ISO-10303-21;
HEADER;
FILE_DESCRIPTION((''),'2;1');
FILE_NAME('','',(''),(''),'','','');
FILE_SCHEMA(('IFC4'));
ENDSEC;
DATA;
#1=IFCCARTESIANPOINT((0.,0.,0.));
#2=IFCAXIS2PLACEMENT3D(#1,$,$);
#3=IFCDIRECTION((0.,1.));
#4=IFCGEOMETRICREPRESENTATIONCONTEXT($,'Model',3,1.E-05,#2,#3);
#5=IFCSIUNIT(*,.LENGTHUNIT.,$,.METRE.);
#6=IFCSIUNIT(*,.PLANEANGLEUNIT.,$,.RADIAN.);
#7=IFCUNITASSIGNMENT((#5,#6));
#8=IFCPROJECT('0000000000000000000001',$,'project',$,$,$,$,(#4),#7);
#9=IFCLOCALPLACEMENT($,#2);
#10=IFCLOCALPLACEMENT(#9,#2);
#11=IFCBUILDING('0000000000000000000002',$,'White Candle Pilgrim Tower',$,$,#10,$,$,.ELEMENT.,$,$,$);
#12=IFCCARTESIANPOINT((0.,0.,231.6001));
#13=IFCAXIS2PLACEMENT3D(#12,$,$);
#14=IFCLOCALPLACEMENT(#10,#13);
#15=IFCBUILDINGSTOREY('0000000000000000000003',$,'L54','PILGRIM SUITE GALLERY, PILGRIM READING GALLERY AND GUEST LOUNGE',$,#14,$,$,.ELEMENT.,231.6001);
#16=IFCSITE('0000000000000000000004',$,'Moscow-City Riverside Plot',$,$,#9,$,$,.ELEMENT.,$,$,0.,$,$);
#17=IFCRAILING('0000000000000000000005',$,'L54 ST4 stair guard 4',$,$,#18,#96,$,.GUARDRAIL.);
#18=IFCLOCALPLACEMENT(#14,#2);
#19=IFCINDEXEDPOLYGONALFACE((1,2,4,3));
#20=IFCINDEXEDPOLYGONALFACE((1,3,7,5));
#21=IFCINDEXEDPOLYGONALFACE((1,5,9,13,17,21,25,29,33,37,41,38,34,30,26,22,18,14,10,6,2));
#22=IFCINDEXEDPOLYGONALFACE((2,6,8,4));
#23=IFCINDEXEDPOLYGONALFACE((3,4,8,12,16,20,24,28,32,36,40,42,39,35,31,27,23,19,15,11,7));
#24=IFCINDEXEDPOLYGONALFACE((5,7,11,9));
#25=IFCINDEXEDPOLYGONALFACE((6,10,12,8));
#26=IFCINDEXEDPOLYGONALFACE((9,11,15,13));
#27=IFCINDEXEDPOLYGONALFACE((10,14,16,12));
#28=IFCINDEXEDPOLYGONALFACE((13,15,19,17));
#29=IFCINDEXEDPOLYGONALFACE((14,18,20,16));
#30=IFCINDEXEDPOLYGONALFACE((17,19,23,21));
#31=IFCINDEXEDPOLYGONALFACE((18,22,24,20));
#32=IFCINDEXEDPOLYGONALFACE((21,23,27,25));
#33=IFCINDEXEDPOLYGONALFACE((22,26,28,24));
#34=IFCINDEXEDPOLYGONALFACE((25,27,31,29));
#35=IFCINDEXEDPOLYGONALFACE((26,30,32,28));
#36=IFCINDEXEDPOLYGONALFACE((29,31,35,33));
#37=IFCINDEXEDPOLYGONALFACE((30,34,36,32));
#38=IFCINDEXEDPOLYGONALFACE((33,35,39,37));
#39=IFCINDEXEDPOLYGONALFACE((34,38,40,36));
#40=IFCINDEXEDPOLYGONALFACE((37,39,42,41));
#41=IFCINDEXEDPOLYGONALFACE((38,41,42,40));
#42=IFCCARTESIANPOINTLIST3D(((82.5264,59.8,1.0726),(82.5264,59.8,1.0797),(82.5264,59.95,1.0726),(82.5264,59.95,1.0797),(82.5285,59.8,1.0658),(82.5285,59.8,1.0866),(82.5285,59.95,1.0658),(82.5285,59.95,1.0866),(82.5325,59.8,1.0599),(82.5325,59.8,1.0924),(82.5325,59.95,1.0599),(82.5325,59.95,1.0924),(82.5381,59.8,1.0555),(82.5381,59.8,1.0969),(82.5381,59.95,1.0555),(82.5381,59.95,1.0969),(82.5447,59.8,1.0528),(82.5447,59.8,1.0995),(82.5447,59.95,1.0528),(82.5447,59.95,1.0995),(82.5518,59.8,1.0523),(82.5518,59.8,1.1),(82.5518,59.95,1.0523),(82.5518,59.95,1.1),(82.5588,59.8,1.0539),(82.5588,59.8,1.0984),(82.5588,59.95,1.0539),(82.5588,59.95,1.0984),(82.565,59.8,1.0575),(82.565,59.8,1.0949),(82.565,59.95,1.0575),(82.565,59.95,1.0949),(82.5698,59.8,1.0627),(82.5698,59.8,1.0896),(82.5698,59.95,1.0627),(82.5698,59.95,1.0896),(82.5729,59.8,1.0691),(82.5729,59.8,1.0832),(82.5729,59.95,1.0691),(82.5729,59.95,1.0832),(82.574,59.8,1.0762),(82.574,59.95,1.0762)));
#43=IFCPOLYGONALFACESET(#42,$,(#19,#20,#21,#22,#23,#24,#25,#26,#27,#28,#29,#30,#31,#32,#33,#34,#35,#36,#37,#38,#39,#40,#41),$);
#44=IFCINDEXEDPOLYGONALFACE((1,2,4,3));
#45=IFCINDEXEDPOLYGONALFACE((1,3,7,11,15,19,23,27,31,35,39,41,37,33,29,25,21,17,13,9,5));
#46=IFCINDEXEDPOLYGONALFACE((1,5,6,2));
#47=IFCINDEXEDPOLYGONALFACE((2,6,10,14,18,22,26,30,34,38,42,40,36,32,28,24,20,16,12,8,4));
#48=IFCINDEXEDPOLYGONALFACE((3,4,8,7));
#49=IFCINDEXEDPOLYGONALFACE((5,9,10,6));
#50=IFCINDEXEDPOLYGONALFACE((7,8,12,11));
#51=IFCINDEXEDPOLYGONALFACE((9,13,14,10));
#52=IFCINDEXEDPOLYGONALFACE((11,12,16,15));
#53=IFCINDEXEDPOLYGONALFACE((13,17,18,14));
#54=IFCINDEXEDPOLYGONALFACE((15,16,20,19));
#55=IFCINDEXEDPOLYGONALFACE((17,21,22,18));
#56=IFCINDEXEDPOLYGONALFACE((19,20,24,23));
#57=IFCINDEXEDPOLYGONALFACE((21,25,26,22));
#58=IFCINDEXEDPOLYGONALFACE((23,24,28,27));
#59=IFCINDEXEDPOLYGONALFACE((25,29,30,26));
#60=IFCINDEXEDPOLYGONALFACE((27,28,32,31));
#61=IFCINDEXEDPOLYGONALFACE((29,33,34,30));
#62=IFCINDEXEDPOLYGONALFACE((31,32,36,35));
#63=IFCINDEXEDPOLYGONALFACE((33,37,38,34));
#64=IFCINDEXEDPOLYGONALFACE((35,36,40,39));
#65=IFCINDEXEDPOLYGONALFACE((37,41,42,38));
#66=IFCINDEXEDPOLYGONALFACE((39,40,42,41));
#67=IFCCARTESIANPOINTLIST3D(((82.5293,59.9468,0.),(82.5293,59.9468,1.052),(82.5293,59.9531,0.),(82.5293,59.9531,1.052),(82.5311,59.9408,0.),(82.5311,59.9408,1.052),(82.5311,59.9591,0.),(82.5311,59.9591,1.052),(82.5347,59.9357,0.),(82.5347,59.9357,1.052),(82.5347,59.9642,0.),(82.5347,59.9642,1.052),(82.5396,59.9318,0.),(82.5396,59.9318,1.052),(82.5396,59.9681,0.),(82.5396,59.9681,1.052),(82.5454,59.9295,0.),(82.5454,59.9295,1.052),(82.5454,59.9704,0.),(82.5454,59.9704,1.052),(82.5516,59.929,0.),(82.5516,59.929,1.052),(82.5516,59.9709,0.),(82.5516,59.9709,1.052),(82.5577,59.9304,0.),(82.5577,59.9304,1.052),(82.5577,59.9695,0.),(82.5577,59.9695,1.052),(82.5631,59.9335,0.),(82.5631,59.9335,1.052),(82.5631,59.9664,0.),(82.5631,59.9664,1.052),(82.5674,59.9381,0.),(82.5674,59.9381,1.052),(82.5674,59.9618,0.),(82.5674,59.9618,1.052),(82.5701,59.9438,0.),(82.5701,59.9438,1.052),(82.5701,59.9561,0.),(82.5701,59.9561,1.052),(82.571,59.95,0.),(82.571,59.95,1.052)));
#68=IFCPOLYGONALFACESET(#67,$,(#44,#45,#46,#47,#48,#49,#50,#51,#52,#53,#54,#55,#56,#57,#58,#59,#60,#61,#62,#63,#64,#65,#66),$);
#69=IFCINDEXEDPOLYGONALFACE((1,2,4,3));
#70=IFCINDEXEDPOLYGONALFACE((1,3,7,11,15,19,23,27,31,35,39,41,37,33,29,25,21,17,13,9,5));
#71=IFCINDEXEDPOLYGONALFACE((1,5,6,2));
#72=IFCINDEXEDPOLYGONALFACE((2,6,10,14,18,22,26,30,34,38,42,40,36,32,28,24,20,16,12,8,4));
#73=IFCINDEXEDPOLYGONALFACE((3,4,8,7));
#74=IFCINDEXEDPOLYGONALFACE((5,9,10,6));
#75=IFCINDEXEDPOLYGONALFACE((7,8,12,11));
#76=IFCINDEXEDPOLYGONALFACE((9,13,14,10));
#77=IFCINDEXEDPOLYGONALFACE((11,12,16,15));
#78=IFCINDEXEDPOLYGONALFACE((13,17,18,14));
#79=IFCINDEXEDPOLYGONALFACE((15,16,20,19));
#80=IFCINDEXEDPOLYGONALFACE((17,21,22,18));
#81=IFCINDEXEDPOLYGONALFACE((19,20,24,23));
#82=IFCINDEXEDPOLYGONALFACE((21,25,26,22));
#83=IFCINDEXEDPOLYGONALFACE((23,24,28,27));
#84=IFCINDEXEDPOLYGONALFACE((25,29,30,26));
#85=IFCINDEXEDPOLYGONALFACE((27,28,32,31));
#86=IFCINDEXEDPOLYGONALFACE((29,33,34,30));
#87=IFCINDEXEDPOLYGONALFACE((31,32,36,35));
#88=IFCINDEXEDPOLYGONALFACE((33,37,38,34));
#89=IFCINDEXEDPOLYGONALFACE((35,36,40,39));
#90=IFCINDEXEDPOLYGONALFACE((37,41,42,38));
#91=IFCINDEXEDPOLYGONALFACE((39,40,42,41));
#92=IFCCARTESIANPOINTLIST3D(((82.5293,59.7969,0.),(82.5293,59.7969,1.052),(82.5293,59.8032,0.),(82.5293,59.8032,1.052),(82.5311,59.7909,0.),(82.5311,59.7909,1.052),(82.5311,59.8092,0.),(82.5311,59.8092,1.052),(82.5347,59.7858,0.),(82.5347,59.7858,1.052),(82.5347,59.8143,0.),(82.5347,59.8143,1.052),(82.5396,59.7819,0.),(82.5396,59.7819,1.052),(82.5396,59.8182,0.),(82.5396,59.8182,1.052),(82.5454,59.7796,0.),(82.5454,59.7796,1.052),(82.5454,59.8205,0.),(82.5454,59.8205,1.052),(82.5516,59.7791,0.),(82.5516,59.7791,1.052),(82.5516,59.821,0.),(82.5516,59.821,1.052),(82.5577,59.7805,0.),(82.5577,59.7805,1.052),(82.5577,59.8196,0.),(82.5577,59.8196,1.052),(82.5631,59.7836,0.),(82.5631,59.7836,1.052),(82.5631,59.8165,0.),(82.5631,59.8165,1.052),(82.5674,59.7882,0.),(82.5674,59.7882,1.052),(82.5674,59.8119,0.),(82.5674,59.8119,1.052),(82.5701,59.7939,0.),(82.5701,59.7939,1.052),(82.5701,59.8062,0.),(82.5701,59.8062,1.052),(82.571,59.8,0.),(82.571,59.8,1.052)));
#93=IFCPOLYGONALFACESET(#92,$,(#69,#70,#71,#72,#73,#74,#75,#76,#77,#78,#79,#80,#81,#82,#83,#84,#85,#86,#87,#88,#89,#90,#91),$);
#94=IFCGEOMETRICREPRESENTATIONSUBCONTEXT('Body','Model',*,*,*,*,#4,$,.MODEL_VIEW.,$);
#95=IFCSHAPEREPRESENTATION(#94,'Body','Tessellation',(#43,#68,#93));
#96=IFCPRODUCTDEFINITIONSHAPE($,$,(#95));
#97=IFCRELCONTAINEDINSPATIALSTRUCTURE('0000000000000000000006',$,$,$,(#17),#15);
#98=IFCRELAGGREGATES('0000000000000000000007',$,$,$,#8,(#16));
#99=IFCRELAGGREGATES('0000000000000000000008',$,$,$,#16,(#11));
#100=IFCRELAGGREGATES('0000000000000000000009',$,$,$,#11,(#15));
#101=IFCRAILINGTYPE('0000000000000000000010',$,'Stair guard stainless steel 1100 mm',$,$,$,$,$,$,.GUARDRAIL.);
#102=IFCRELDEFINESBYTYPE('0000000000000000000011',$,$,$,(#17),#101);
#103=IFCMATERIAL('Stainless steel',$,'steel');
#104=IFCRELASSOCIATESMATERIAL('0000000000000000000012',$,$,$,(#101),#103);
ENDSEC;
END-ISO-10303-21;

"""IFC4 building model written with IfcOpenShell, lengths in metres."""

from ifc_helpers import new_model, si_unit, direction, frame, origin, origin_2d, place, context, subcontext, project, spatial, circle, extrude, material, type_object, element, save


model = new_model("IFC4")

# Units and contexts
model_context = context("Model", 3, precision=1e-05, world=origin(), true_north=direction((0.0, 1.0)))
body_context = subcontext(model_context, "Body", "Model", "MODEL_VIEW")
ifc_project = project(units=[si_unit("LENGTHUNIT", "METRE"), si_unit("PLANEANGLEUNIT", "RADIAN")], contexts=[model_context])

# Site, building, storey
site_placement = place(None, origin())
site = spatial("IfcSite", under=ifc_project, at=site_placement, Name="Moscow-City Riverside Plot", CompositionType="ELEMENT", RefElevation=0.0)
building_placement = place(site_placement, origin())
building = spatial("IfcBuilding", under=site, at=building_placement, Name="White Candle Pilgrim Tower", CompositionType="ELEMENT")
storey_placement = place(building_placement, frame((0.0, 0.0, 231.6001)))
storey = spatial("IfcBuildingStorey", under=building, at=storey_placement, Name="L54", Description="PILGRIM SUITE GALLERY, PILGRIM READING GALLERY AND GUEST LOUNGE", CompositionType="ELEMENT", Elevation=231.6001)

# Railing
ifc_material_1 = material(Name="Stainless steel", Category="steel")
railing_type_1 = type_object("IfcRailingType", Name="Stair guard stainless steel 1100 mm", PredefinedType="GUARDRAIL", material=ifc_material_1)
railing_1_placement = place(storey_placement, frame((82.55, 59.95, 0.0)))
element("IfcRailing", 1, at=railing_1_placement, inside=storey, type_object=railing_type_1, Name="L54 ST4 stair guard 4", PredefinedType="GUARDRAIL", context=body_context, shape_type="SweptSolid", body=[
    extrude(circle(Radius=0.0239, at=origin_2d()), frame((0.0, 0.0, 1.0762), z_axis=(0.0, -1.0, 0.0), x_axis=(1.0, 0.0, 0.0)), (0.0, 0.0, 1.0), 0.1499),
    extrude(circle(Radius=0.021, at=origin_2d()), origin(), (0.0, 0.0, 1.0), 1.052),
    extrude(circle(Radius=0.021, at=origin_2d()), frame((0.0, -0.1499, 0.0)), (0.0, 0.0, 1.0), 1.052),
])

save(model, "model.ifc")
